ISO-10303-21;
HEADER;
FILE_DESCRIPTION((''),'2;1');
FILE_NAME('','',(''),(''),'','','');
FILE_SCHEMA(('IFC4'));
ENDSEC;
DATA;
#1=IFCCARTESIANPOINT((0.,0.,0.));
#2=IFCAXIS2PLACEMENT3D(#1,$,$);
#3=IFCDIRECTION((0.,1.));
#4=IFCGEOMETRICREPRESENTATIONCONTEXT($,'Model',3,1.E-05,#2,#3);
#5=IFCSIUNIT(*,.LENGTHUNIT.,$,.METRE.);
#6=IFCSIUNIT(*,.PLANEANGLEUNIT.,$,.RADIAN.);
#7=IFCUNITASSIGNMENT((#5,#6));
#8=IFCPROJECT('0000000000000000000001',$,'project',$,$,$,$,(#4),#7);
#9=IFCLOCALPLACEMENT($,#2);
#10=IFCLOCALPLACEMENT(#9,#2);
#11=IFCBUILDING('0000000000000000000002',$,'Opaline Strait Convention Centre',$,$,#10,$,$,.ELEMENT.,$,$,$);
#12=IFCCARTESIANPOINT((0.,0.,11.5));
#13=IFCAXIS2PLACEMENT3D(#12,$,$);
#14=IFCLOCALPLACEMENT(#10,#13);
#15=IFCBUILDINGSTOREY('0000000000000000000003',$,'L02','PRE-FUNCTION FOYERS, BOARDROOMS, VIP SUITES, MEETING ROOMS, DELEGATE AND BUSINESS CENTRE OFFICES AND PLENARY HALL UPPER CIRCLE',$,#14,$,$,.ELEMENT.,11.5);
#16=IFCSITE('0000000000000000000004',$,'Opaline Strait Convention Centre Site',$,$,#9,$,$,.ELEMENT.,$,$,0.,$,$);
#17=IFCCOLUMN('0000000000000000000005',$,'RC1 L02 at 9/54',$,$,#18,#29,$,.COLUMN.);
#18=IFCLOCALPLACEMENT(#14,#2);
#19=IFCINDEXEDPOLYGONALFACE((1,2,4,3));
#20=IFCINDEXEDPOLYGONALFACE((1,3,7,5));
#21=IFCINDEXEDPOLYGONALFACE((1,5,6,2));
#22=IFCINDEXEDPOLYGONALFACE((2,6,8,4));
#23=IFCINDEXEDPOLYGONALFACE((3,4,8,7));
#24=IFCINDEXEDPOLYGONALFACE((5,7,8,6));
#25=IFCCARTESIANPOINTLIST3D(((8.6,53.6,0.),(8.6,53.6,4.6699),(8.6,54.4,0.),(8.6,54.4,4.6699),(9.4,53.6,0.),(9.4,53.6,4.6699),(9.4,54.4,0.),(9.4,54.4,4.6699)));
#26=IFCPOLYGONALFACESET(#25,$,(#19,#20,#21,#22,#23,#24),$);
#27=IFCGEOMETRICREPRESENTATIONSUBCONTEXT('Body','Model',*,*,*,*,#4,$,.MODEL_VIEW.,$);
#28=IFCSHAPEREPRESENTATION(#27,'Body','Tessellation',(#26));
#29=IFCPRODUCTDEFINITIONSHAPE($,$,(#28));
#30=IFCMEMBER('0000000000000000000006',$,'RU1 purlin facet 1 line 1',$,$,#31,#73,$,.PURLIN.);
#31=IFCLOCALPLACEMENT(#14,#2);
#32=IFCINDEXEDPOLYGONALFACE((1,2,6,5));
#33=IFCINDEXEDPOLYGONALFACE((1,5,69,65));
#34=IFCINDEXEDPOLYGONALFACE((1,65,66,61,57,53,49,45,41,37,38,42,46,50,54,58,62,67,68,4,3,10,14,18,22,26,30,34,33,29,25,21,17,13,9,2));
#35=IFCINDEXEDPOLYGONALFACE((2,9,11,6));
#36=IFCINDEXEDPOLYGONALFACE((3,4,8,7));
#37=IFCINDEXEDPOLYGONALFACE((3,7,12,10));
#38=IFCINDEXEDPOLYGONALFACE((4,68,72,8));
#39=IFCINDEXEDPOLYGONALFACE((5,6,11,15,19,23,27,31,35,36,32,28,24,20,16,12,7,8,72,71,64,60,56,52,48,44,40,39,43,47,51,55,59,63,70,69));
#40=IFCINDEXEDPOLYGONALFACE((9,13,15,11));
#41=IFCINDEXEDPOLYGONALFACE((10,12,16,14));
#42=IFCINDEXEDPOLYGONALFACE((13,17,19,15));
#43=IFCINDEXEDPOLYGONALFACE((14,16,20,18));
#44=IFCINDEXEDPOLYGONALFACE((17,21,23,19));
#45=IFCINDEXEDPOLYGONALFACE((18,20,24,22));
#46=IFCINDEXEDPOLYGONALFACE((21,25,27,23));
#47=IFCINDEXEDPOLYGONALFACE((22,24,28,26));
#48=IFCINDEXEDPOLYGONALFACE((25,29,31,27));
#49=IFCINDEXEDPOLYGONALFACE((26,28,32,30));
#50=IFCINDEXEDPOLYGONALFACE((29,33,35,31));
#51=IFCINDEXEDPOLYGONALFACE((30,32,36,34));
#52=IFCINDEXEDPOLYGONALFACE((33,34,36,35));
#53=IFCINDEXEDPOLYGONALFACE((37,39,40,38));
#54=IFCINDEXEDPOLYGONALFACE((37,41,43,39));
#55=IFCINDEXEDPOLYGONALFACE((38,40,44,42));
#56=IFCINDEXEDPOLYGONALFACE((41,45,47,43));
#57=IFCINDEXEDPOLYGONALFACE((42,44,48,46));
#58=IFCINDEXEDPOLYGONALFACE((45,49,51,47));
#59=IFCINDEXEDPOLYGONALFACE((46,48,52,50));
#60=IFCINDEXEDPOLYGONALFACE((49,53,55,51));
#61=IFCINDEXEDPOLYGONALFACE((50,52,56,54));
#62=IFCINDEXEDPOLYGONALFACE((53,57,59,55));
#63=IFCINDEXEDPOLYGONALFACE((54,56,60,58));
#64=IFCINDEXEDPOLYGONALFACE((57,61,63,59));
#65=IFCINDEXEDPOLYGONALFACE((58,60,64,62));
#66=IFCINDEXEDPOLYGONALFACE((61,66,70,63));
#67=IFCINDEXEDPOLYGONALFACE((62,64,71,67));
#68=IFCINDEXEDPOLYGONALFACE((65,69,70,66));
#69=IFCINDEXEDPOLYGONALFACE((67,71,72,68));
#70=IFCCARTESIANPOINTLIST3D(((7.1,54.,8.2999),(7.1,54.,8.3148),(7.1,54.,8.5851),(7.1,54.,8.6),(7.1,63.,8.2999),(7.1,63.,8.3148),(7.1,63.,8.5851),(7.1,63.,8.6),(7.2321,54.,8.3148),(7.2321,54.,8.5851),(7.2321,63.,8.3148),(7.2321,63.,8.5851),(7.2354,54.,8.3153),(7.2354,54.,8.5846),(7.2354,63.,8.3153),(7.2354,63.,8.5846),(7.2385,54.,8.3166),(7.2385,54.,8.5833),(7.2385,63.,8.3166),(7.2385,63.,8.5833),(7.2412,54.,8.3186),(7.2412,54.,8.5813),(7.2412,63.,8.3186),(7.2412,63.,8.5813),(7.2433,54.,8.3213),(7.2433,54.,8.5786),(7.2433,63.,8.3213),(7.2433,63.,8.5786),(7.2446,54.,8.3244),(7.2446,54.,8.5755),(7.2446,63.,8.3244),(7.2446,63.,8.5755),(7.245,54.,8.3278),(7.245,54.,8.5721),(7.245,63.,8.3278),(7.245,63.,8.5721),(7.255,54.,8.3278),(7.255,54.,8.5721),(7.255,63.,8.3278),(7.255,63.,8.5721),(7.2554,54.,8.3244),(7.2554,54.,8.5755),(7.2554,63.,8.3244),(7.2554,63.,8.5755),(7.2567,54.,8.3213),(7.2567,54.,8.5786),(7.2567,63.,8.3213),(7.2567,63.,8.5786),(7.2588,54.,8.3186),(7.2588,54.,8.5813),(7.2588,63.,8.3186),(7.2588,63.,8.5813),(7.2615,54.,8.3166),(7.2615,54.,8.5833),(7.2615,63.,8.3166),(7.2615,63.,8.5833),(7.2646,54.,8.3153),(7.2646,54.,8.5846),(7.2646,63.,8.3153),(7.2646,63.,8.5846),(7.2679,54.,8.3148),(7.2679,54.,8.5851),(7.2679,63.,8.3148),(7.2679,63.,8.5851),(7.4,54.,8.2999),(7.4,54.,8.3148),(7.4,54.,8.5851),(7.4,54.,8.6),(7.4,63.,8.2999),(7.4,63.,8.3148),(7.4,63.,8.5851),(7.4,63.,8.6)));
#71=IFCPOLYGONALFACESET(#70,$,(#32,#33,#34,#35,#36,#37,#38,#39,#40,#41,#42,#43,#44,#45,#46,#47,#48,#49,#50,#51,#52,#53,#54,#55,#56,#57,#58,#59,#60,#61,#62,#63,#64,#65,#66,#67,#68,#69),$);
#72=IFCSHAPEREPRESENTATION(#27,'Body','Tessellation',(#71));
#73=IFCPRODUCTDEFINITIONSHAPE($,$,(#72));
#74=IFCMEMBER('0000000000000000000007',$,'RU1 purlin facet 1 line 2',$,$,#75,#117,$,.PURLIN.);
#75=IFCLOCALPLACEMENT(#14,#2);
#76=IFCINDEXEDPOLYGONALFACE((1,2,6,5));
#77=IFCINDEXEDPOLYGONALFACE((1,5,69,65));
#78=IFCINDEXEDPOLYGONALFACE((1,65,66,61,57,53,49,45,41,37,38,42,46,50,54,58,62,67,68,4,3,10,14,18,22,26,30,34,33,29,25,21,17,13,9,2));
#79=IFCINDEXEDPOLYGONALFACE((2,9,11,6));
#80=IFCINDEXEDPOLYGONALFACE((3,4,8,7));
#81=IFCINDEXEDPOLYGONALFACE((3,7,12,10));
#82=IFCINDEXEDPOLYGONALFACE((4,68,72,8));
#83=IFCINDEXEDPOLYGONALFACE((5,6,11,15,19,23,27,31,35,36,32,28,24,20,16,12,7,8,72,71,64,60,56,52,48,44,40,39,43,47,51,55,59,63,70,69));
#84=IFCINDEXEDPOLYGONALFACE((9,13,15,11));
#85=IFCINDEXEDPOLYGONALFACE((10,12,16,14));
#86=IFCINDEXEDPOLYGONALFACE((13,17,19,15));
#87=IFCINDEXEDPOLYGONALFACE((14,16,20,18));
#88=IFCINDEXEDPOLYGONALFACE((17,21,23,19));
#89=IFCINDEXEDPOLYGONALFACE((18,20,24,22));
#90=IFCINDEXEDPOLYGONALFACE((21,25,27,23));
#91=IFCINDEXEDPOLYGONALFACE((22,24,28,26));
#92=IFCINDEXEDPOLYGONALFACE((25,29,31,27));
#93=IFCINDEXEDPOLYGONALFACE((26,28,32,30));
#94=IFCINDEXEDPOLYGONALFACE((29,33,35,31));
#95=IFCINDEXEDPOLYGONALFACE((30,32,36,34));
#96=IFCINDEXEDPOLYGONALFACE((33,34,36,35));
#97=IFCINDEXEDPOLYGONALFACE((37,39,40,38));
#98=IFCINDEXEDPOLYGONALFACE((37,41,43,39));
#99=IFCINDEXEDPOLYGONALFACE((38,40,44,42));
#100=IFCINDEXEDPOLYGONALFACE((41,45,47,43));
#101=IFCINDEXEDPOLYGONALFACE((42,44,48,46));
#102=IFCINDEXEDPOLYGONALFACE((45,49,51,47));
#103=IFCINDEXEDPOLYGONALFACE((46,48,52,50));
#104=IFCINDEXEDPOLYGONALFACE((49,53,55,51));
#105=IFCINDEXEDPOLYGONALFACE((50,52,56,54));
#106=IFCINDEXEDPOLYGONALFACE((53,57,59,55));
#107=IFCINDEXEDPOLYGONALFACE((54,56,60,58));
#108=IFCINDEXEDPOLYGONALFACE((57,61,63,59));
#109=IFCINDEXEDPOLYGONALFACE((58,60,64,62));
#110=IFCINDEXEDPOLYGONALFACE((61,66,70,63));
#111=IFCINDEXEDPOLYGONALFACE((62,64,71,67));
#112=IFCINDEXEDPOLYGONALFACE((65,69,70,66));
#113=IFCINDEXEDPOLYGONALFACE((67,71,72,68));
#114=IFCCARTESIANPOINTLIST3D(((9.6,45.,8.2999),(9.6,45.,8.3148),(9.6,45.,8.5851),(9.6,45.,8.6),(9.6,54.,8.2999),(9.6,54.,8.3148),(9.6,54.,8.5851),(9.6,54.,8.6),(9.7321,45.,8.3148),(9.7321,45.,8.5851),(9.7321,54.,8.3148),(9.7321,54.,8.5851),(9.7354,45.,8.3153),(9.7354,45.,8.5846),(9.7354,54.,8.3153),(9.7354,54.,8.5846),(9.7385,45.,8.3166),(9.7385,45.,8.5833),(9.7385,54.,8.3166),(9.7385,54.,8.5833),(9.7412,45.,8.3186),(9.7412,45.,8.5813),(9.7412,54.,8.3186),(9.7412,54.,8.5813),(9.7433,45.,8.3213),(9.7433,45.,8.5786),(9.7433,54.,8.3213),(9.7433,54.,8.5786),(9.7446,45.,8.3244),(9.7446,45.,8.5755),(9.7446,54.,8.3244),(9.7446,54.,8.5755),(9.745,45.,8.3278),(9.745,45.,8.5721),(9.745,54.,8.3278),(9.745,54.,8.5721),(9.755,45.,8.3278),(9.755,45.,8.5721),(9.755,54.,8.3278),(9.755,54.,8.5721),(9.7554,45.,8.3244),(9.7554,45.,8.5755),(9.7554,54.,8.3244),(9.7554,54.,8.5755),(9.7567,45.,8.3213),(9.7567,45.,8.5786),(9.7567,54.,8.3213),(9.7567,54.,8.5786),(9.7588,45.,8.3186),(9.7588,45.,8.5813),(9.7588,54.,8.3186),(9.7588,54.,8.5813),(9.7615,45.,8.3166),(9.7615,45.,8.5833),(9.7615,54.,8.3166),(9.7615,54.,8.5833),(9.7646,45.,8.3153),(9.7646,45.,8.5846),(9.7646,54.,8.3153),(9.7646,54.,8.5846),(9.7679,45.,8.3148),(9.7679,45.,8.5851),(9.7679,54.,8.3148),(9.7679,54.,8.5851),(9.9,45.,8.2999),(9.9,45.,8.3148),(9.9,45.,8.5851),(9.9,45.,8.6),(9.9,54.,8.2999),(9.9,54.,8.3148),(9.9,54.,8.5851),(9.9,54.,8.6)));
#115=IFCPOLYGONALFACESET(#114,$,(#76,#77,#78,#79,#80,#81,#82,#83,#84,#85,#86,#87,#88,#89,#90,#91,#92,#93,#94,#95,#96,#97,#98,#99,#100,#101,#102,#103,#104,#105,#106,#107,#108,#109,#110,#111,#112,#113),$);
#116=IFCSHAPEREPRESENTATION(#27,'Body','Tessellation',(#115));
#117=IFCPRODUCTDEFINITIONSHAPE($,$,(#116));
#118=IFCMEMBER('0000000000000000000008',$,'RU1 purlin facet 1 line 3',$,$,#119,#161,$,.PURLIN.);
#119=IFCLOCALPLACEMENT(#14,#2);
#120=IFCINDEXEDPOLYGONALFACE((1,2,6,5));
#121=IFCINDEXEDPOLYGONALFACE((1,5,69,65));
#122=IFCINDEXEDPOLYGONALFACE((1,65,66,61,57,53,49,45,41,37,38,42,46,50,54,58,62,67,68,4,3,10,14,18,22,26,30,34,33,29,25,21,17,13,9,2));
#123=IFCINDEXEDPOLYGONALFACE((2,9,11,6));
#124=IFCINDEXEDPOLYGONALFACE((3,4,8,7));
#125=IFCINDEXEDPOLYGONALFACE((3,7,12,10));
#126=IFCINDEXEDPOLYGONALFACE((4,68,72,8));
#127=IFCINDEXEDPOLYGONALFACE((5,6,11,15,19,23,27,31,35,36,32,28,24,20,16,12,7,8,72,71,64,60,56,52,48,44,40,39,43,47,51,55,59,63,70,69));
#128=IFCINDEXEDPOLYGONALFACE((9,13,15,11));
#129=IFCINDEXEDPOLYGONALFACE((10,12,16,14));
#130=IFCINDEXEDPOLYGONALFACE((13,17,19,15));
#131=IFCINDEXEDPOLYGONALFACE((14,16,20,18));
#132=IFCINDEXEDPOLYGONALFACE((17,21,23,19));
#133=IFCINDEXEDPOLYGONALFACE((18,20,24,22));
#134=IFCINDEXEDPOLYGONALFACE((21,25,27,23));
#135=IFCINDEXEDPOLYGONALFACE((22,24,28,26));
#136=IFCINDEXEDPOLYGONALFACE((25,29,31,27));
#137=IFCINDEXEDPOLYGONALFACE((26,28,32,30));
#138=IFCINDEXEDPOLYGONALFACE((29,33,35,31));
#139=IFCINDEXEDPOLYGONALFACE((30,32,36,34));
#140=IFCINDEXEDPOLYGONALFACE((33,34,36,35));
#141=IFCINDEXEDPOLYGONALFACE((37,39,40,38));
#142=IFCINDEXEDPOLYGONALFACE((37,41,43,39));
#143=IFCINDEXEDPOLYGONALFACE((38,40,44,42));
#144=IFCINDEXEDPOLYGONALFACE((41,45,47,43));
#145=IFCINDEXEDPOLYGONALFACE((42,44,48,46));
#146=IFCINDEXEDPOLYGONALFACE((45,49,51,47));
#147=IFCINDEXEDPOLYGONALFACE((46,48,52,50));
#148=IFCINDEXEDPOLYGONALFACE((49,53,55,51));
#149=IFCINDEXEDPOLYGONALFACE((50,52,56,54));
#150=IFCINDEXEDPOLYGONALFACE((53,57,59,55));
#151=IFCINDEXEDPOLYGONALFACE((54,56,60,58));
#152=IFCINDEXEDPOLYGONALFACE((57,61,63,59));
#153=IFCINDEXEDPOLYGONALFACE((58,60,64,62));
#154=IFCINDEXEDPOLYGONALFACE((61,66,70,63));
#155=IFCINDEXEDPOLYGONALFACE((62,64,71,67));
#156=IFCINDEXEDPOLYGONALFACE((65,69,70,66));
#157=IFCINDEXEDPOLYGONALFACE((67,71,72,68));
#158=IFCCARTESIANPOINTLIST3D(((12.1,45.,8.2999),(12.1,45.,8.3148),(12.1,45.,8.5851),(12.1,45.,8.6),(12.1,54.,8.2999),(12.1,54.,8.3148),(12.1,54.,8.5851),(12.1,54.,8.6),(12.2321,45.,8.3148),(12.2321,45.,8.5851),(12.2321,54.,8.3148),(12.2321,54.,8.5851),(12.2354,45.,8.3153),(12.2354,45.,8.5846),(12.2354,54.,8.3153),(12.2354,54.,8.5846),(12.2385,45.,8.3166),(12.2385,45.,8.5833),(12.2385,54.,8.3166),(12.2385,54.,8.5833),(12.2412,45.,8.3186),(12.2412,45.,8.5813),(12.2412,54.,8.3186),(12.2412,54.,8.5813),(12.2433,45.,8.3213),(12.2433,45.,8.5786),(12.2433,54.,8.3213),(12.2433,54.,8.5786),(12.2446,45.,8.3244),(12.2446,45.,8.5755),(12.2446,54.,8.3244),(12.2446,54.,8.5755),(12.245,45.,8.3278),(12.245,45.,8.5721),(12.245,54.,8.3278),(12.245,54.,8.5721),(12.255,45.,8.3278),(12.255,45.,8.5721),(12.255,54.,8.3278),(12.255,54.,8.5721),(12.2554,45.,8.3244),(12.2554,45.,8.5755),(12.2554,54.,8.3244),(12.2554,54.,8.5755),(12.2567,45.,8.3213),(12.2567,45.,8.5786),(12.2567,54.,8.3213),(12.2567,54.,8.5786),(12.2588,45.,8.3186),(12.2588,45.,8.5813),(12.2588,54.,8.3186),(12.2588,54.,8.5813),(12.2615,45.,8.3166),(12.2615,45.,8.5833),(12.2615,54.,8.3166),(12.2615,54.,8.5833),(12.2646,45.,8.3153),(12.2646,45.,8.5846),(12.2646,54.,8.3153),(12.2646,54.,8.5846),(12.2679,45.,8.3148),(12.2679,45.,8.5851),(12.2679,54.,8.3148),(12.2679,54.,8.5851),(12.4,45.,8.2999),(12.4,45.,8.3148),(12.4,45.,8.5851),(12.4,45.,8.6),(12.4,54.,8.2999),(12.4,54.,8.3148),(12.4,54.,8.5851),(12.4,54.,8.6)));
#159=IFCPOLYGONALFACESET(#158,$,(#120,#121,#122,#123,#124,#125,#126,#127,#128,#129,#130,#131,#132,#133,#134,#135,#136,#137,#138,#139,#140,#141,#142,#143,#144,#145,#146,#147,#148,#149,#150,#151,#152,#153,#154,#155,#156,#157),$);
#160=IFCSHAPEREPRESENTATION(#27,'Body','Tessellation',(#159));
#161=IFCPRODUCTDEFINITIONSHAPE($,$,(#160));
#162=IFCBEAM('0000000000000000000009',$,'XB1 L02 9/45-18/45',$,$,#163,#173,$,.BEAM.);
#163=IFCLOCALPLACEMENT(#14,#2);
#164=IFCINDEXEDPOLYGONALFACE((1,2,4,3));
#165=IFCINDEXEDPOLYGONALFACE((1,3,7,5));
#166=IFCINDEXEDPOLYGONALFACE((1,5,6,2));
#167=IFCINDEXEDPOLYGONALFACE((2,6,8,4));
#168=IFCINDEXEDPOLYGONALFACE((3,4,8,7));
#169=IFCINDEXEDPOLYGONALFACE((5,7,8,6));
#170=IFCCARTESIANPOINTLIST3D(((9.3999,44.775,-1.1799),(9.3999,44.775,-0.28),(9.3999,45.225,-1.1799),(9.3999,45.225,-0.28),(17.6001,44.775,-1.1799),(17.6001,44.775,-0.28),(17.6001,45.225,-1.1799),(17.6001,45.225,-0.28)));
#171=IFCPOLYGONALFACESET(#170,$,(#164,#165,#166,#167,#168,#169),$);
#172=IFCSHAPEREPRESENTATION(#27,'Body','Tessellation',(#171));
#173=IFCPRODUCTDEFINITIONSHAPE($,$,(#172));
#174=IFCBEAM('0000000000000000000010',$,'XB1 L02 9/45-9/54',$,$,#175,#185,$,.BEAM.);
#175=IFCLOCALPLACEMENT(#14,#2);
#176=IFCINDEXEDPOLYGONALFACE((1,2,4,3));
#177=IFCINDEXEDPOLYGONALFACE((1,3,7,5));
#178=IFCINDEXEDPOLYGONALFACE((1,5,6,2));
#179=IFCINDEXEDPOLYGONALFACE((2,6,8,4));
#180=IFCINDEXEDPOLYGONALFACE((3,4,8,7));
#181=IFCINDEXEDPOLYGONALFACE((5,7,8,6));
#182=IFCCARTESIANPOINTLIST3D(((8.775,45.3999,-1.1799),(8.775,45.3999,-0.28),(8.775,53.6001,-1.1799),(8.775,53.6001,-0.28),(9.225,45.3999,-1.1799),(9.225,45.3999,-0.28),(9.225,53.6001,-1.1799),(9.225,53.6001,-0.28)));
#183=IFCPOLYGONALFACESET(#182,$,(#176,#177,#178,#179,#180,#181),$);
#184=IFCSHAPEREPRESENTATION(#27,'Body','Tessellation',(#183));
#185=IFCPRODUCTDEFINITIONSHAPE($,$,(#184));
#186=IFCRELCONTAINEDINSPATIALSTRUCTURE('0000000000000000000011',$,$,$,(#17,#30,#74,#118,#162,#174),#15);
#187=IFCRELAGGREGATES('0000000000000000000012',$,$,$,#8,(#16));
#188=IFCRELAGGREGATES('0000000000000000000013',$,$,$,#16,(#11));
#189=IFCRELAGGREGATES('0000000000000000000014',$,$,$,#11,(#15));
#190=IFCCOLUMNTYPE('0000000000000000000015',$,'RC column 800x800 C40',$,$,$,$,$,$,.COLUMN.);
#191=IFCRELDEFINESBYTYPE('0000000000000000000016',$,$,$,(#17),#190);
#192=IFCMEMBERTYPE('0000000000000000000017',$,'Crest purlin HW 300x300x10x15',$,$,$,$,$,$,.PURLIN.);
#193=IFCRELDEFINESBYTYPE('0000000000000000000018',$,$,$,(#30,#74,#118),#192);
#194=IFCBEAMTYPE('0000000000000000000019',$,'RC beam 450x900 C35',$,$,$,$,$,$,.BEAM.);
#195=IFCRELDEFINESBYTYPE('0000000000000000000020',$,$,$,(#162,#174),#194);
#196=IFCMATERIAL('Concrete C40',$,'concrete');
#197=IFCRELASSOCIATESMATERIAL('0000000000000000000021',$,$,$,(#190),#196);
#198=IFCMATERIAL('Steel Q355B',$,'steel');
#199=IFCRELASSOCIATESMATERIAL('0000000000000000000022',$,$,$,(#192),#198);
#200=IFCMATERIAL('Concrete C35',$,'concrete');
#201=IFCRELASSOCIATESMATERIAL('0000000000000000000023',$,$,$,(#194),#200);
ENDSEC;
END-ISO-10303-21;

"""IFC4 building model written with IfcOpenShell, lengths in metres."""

from ifc_helpers import new_model, si_unit, direction, frame, origin, origin_2d, place, context, subcontext, project, spatial, rectangle, i_section, extrude, material, material_profile, profile_set, type_object, element, save


model = new_model("IFC4")

# Units and contexts
model_context = context("Model", 3, precision=1e-05, world=origin(), true_north=direction((0.0, 1.0)))
body_context = subcontext(model_context, "Body", "Model", "MODEL_VIEW")
ifc_project = project(units=[si_unit("LENGTHUNIT", "METRE"), si_unit("PLANEANGLEUNIT", "RADIAN")], contexts=[model_context])

# Site, building, storey
site_placement = place(None, origin())
site = spatial("IfcSite", under=ifc_project, at=site_placement, Name="Opaline Strait Convention Centre Site", CompositionType="ELEMENT", RefElevation=0.0)
building_placement = place(site_placement, origin())
building = spatial("IfcBuilding", under=site, at=building_placement, Name="Opaline Strait Convention Centre", CompositionType="ELEMENT")
storey_placement = place(building_placement, frame((0.0, 0.0, 11.5)))
storey = spatial("IfcBuildingStorey", under=building, at=storey_placement, Name="L02", Description="PRE-FUNCTION FOYERS, BOARDROOMS, VIP SUITES, MEETING ROOMS, DELEGATE AND BUSINESS CENTRE OFFICES AND PLENARY HALL UPPER CIRCLE", CompositionType="ELEMENT", Elevation=11.5)

# Column
ifc_material_1 = material(Name="Concrete C40", Category="concrete")
ifc_material_profile_1 = material_profile(ifc_material_1, rectangle(XDim=0.8, YDim=0.8, at=origin_2d()), Name="RC 800x800")
ifc_profile_set_1 = profile_set([ifc_material_profile_1], Name="Concrete C40")
column_type = type_object("IfcColumnType", Name="RC column 800x800 C40", PredefinedType="COLUMN", material=ifc_profile_set_1)
column_placement = place(storey_placement, frame((9.0, 54.0, 0.0), z_axis=(0.0, 0.0, 1.0), x_axis=(1.0, 0.0, 0.0)))
element("IfcColumn", 1, at=column_placement, inside=storey, type_object=column_type, Name="RC1 L02 at 9/54", PredefinedType="COLUMN", context=body_context, shape_type="SweptSolid", body=[
    extrude(rectangle(XDim=0.8, YDim=0.8, at=origin_2d()), origin(), (0.0, 0.0, 1.0), 4.6699),
])

# Members
ifc_material_2 = material(Name="Steel Q355B", Category="steel")
ifc_material_profile_2 = material_profile(ifc_material_2, i_section(OverallWidth=0.3, OverallDepth=0.3, WebThickness=0.01, FlangeThickness=0.0149, FilletRadius=0.0129, at=origin_2d()), Name="HW 300x300x10x15")
ifc_profile_set_2 = profile_set([ifc_material_profile_2], Name="Steel Q355B")
member_type_1 = type_object("IfcMemberType", Name="Crest purlin HW 300x300x10x15", PredefinedType="PURLIN", material=ifc_profile_set_2)
for number, where, z_axis, x_axis, name in (
    (2, (7.25, 54.0, 8.45), (0.0, 1.0, 0.0), (-1.0, 0.0, 0.0), "RU1 purlin facet 1 line 1"),
    (3, (9.75, 45.0, 8.45), (0.0, 1.0, 0.0), (-1.0, 0.0, 0.0), "RU1 purlin facet 1 line 2"),
    (4, (12.25, 45.0, 8.45), (0.0, 1.0, 0.0), (-1.0, 0.0, 0.0), "RU1 purlin facet 1 line 3"),
):
    element("IfcMember", number, at=place(storey_placement, frame(where, z_axis=z_axis, x_axis=x_axis)), inside=storey, type_object=member_type_1, Name=name, PredefinedType="PURLIN", context=body_context, shape_type="SweptSolid", body=[
        extrude(i_section(OverallWidth=0.3, OverallDepth=0.3, WebThickness=0.01, FlangeThickness=0.0149, FilletRadius=0.0129, at=origin_2d()), origin(), (0.0, 0.0, 1.0), 9.0),
    ])

# Beams
ifc_material_3 = material(Name="Concrete C35", Category="concrete")
ifc_material_profile_3 = material_profile(ifc_material_3, rectangle(XDim=0.45, YDim=0.8999, at=origin_2d()), Name="RC 450x900")
ifc_profile_set_3 = profile_set([ifc_material_profile_3], Name="Concrete C35")
beam_type = type_object("IfcBeamType", Name="RC beam 450x900 C35", PredefinedType="BEAM", material=ifc_profile_set_3)
for number, where, z_axis, x_axis, name in (
    (5, (9.3999, 45.0, -0.73), (1.0, 0.0, 0.0), (0.0, 1.0, 0.0), "XB1 L02 9/45-18/45"),
    (6, (9.0, 45.3999, -0.73), (0.0, 1.0, 0.0), (-1.0, 0.0, 0.0), "XB1 L02 9/45-9/54"),
):
    element("IfcBeam", number, at=place(storey_placement, frame(where, z_axis=z_axis, x_axis=x_axis)), inside=storey, type_object=beam_type, Name=name, PredefinedType="BEAM", context=body_context, shape_type="SweptSolid", body=[
        extrude(rectangle(XDim=0.45, YDim=0.8999, at=origin_2d()), origin(), (0.0, 0.0, 1.0), 8.2002),
    ])

save(model, "model.ifc")
